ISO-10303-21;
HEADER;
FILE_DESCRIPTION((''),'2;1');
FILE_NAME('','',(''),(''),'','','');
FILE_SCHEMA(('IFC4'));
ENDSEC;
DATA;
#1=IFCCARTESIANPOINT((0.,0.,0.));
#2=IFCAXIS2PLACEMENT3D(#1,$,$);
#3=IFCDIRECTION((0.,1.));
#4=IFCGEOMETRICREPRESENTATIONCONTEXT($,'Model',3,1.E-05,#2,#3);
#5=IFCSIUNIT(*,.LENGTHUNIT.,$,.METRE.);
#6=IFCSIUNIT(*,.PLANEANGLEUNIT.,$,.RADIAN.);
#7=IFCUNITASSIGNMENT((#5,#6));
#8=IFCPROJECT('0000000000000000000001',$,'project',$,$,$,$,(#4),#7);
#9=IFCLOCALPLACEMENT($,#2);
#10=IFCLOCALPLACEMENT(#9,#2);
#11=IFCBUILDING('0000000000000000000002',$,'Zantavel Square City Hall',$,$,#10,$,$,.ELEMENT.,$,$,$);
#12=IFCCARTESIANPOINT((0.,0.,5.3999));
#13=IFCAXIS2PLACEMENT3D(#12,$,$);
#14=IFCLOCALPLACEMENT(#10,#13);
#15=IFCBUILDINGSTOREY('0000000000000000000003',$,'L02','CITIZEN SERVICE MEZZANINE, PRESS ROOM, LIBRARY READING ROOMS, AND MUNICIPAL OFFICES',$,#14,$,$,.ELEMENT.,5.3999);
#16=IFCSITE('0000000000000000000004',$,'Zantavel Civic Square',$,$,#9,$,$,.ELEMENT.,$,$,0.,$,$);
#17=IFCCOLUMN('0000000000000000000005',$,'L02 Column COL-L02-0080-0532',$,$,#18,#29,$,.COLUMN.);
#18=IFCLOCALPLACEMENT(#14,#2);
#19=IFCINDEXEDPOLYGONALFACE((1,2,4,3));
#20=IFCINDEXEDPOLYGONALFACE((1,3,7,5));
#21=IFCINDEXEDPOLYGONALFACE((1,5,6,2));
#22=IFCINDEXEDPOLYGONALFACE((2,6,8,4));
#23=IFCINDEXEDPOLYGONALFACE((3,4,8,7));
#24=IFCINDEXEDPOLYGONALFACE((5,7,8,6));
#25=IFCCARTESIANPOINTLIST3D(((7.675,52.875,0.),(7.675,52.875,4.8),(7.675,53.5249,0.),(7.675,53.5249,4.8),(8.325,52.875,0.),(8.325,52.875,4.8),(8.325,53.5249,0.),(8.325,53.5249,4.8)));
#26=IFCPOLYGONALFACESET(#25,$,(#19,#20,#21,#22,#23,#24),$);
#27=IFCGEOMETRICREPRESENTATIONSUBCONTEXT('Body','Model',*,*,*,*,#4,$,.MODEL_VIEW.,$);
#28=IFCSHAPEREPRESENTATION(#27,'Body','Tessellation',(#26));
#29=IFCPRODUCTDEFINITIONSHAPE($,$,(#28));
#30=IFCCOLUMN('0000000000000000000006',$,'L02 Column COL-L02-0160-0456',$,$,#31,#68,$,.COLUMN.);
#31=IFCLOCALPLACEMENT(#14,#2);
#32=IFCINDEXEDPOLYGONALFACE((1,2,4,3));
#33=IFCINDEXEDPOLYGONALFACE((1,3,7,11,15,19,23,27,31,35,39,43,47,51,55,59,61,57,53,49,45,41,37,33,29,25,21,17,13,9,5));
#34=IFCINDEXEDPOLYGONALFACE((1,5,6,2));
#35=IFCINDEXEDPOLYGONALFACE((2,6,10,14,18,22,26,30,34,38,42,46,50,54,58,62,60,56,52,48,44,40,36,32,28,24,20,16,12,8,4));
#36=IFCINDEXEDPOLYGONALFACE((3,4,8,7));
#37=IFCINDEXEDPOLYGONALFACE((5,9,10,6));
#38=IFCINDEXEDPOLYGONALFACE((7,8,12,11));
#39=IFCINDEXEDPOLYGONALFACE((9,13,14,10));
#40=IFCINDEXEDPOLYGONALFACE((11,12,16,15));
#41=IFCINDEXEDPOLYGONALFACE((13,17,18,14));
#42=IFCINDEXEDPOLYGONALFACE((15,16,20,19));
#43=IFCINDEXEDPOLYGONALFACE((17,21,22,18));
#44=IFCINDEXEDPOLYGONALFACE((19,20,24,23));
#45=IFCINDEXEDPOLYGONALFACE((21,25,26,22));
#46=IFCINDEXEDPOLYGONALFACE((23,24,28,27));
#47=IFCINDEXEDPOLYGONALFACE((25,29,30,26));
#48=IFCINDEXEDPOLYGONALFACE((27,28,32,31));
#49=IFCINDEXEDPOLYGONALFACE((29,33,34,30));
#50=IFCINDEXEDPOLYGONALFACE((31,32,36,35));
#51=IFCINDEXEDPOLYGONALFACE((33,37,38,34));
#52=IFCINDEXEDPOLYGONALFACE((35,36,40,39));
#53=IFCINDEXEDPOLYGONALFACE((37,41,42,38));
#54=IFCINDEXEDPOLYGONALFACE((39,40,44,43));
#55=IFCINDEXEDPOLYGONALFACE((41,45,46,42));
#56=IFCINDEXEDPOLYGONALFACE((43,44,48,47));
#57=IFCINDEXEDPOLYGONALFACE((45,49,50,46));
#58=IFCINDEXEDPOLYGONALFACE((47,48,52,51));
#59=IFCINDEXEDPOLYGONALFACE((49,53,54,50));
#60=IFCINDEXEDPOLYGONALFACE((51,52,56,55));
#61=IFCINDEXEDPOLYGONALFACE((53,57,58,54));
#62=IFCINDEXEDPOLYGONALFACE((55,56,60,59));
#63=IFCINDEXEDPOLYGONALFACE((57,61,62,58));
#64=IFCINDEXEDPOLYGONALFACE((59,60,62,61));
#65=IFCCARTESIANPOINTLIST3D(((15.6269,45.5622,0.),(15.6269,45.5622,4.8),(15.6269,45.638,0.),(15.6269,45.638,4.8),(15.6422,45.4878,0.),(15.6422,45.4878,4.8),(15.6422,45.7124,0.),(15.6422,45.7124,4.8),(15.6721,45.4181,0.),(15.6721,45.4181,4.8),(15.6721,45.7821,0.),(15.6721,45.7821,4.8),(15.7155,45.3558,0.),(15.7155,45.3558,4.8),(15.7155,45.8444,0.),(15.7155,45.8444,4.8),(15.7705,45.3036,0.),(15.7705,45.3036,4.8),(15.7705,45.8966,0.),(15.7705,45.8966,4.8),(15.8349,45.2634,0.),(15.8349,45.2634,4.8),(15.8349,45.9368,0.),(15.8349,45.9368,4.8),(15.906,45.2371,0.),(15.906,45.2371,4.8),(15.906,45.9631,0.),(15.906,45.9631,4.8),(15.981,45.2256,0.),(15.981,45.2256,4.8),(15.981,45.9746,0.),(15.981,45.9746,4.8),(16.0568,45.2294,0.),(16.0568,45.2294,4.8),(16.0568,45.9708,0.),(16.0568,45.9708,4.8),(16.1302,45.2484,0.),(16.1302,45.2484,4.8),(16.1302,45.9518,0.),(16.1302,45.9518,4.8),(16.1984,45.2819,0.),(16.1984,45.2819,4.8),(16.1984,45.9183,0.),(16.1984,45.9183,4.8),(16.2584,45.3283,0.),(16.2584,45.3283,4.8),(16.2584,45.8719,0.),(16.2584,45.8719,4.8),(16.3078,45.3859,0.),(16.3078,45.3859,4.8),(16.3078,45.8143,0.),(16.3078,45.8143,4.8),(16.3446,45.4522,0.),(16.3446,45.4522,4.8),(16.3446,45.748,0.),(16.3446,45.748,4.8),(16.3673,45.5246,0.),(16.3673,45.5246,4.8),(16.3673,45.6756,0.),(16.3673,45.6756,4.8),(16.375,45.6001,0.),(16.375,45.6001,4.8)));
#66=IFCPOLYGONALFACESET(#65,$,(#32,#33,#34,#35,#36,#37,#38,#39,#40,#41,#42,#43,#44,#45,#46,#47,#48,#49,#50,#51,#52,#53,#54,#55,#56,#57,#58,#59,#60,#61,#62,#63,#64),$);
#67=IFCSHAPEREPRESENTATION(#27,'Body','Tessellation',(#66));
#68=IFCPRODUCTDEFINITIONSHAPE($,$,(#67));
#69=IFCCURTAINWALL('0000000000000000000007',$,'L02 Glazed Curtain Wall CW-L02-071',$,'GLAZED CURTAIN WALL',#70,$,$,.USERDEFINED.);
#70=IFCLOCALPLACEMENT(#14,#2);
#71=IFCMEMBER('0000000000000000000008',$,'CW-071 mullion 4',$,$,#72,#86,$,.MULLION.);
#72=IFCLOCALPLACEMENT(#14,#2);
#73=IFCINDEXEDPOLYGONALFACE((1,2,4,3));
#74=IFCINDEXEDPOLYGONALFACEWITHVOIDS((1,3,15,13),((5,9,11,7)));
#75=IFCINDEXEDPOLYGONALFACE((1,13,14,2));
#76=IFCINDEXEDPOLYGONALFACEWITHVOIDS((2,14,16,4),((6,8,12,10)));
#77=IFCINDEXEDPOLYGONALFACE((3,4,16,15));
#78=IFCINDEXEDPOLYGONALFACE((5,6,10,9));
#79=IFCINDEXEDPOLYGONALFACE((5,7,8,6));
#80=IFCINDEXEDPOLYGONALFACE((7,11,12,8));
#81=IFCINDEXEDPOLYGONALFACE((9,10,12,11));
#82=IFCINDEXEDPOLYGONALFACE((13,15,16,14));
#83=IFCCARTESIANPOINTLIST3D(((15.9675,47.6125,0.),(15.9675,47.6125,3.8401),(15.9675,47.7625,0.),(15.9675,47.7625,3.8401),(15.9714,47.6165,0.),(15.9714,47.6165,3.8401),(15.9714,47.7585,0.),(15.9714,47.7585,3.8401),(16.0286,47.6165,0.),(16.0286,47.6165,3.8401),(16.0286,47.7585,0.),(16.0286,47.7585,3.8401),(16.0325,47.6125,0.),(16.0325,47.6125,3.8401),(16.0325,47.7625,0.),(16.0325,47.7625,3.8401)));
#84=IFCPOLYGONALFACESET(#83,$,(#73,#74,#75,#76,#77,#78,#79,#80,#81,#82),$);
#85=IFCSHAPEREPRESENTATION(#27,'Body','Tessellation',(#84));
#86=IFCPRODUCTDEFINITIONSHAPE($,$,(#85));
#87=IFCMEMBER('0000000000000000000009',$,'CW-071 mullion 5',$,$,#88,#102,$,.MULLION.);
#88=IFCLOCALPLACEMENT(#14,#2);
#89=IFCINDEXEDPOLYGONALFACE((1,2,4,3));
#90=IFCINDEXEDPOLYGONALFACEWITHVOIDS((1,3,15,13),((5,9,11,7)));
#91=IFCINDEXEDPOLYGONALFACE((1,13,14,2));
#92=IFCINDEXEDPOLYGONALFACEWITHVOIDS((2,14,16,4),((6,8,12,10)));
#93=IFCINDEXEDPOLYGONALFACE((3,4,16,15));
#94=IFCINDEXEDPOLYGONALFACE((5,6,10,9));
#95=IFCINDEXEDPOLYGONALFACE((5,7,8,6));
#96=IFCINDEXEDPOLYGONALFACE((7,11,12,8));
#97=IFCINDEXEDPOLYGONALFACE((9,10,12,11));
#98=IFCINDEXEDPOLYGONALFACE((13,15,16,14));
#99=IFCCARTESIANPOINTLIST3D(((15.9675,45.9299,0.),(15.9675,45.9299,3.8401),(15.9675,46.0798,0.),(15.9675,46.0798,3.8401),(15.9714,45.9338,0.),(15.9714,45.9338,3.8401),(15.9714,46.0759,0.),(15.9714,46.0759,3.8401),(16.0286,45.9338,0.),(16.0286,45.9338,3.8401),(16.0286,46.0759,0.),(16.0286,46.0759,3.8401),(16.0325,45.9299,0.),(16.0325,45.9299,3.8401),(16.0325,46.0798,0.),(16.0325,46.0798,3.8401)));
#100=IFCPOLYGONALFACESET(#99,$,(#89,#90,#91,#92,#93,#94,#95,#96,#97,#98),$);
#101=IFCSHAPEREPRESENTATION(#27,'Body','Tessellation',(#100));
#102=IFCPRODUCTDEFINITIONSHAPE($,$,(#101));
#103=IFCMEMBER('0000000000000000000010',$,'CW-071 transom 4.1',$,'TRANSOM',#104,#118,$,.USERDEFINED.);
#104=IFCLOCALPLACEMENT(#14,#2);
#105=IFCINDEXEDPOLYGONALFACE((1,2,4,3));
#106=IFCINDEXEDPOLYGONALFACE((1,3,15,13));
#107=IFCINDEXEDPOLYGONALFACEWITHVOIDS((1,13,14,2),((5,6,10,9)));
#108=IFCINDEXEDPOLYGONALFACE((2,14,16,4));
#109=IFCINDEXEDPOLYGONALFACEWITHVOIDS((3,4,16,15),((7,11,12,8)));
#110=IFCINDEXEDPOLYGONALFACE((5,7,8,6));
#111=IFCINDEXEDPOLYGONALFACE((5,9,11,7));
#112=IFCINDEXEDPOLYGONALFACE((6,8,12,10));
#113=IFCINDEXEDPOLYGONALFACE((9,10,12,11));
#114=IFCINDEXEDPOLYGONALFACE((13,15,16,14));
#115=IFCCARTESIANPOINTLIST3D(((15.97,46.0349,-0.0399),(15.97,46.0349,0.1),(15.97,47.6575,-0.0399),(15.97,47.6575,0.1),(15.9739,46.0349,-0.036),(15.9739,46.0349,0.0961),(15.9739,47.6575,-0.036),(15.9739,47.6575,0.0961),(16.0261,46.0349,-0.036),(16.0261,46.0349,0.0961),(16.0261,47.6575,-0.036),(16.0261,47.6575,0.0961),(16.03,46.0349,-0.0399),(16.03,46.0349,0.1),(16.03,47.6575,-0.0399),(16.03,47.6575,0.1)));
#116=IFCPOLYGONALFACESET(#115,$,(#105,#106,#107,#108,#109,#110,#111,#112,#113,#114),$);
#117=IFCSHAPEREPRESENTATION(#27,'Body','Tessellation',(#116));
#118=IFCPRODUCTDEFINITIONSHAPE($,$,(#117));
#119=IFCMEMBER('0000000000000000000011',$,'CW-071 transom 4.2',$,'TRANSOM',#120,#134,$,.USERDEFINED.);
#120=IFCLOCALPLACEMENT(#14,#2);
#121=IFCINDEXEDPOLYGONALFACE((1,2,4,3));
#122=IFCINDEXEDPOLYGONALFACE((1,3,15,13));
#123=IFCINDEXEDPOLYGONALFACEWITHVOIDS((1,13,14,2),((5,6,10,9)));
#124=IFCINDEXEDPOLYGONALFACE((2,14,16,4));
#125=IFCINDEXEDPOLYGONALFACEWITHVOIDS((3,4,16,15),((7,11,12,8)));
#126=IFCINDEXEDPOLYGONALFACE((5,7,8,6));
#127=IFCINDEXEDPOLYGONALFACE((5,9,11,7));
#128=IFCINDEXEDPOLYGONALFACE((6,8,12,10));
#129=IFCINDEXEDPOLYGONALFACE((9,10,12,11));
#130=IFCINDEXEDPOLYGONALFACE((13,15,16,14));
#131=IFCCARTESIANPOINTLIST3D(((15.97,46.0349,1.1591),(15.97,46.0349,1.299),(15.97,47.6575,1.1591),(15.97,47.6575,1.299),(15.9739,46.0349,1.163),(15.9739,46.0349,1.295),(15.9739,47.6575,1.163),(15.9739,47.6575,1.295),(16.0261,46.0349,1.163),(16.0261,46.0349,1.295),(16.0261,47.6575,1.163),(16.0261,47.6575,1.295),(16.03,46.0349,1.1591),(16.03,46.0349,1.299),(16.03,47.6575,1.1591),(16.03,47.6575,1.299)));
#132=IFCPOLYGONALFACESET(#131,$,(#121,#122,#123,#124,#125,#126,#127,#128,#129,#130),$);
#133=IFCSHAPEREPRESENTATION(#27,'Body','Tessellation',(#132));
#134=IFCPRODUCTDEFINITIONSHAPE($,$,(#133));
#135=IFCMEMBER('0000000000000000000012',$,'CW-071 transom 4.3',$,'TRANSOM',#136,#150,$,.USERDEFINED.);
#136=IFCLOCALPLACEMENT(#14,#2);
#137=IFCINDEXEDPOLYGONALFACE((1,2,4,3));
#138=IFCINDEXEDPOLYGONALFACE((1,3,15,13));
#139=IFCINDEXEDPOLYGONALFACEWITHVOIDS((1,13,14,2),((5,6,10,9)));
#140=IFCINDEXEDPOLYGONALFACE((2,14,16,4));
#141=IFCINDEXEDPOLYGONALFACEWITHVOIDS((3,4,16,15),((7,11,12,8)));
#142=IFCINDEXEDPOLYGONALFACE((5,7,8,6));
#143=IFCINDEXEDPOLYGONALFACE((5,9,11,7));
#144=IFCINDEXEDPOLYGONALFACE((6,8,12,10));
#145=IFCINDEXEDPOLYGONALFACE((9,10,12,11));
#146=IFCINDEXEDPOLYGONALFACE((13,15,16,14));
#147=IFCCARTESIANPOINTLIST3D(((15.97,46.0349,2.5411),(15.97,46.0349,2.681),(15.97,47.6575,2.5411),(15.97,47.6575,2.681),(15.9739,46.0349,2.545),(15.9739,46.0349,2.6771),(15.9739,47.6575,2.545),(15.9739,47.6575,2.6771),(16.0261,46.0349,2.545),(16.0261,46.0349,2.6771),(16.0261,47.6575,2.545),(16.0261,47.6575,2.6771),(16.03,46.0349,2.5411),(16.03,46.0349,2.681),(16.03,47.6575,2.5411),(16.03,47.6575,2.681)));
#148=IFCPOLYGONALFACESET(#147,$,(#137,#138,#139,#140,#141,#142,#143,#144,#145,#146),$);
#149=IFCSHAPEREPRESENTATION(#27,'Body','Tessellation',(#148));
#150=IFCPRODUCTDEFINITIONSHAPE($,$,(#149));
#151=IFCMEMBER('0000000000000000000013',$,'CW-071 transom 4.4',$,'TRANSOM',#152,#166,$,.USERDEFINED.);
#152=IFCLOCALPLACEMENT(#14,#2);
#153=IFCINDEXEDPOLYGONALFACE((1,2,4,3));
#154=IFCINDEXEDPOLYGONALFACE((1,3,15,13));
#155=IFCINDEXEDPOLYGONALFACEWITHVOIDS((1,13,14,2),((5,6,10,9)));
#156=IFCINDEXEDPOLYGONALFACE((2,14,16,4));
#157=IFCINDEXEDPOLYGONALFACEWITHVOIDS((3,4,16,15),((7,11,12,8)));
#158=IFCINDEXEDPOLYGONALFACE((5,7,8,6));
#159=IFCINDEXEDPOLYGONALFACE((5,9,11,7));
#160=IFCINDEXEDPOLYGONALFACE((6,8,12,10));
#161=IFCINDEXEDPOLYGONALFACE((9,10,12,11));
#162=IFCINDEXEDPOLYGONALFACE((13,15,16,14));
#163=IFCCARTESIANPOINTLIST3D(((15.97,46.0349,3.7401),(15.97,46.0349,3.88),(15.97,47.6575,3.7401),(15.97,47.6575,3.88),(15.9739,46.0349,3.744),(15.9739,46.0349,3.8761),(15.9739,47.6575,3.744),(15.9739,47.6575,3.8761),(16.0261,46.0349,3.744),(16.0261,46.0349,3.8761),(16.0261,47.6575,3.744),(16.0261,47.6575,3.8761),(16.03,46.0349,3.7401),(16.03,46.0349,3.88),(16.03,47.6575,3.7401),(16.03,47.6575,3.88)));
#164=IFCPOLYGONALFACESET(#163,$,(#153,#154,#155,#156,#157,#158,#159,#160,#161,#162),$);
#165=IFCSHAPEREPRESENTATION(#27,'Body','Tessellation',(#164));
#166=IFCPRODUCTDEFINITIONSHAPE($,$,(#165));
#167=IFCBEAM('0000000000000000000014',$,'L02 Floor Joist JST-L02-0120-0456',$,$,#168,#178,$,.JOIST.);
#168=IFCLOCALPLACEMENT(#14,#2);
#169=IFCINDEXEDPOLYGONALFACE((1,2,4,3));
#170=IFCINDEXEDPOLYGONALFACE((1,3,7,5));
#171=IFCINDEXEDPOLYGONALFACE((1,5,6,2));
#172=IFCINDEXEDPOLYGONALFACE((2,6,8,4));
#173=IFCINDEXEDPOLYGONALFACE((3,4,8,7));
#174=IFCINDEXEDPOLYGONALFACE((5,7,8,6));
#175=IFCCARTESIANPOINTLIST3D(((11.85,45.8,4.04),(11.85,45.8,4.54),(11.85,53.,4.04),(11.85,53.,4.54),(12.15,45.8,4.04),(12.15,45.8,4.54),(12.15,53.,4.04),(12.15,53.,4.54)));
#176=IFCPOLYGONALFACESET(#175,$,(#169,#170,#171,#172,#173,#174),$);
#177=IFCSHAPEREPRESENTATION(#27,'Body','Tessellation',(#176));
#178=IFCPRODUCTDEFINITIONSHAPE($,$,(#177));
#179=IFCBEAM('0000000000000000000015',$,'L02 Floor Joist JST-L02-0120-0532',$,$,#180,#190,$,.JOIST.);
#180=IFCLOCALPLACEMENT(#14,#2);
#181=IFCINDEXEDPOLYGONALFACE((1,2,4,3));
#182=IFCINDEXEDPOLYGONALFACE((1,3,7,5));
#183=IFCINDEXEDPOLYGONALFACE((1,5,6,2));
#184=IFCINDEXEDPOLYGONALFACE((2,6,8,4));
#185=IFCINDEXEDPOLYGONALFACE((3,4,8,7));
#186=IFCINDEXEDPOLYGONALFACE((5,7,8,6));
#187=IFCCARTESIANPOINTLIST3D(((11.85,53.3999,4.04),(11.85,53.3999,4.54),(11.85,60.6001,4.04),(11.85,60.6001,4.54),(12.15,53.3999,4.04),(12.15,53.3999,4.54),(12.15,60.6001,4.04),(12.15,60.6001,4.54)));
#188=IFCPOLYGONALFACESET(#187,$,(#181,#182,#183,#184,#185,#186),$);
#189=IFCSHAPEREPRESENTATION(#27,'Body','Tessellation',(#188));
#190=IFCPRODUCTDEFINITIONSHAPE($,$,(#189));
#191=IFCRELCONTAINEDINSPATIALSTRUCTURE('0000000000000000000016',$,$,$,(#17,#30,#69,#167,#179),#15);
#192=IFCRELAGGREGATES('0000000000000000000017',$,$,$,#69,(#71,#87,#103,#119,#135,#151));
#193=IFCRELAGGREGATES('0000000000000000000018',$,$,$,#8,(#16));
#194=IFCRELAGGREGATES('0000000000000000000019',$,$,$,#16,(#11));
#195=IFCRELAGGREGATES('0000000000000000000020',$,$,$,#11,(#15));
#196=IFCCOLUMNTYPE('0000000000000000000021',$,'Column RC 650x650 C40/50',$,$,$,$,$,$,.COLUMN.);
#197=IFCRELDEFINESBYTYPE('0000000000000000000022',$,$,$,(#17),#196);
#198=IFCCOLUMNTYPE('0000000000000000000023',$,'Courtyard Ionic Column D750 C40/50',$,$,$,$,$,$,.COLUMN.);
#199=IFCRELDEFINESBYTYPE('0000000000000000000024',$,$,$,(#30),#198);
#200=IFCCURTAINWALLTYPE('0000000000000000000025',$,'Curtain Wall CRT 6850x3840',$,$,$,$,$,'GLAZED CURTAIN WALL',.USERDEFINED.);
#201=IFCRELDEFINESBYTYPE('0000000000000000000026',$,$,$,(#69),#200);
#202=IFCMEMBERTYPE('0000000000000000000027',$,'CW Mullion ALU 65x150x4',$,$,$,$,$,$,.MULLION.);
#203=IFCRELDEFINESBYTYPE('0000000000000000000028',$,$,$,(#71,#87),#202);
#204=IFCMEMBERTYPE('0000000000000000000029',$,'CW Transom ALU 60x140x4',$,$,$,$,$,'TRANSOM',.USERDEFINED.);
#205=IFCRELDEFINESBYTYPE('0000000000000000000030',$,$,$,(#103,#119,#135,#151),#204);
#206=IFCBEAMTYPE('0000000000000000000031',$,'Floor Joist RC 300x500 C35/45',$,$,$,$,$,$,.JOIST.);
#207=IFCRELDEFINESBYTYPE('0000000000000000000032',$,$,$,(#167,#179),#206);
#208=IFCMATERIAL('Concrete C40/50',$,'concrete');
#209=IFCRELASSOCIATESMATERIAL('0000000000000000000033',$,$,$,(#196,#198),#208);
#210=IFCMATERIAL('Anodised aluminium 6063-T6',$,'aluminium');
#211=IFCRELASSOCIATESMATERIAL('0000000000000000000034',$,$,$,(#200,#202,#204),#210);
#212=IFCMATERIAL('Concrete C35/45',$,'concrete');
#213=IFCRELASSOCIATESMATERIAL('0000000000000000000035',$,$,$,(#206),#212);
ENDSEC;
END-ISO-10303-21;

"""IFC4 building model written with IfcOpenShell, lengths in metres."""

from ifc_helpers import new_model, si_unit, direction, frame, origin, origin_2d, place, context, subcontext, project, spatial, rectangle, hollow_rectangle, circle, extrude, material, material_profile, profile_set, type_object, element, aggregate, save


model = new_model("IFC4")

# Units and contexts
model_context = context("Model", 3, precision=1e-05, world=origin(), true_north=direction((0.0, 1.0)))
body_context = subcontext(model_context, "Body", "Model", "MODEL_VIEW")
ifc_project = project(units=[si_unit("LENGTHUNIT", "METRE"), si_unit("PLANEANGLEUNIT", "RADIAN")], contexts=[model_context])

# Site, building, storey
site_placement = place(None, origin())
site = spatial("IfcSite", under=ifc_project, at=site_placement, Name="Zantavel Civic Square", CompositionType="ELEMENT", RefElevation=0.0)
building_placement = place(site_placement, origin())
building = spatial("IfcBuilding", under=site, at=building_placement, Name="Zantavel Square City Hall", CompositionType="ELEMENT")
storey_placement = place(building_placement, frame((0.0, 0.0, 5.3999)))
storey = spatial("IfcBuildingStorey", under=building, at=storey_placement, Name="L02", Description="CITIZEN SERVICE MEZZANINE, PRESS ROOM, LIBRARY READING ROOMS, AND MUNICIPAL OFFICES", CompositionType="ELEMENT", Elevation=5.3999)

# Columns
ifc_material_1 = material(Name="Concrete C40/50", Category="concrete")
ifc_material_profile_1 = material_profile(ifc_material_1, rectangle(XDim=0.6499, YDim=0.6499, at=origin_2d()), Name="RC 650x650")
ifc_profile_set_1 = profile_set([ifc_material_profile_1], Name="Concrete C40/50")
column_type_1 = type_object("IfcColumnType", Name="Column RC 650x650 C40/50", PredefinedType="COLUMN", material=ifc_profile_set_1)
column_1_placement = place(storey_placement, frame((8.0, 53.2, 0.0), z_axis=(0.0, 0.0, 1.0), x_axis=(1.0, 0.0, 0.0)))
element("IfcColumn", 1, at=column_1_placement, inside=storey, type_object=column_type_1, Name="L02 Column COL-L02-0080-0532", PredefinedType="COLUMN", context=body_context, shape_type="SweptSolid", body=[
    extrude(rectangle(XDim=0.6499, YDim=0.6499, at=origin_2d()), origin(), (0.0, 0.0, 1.0), 4.8),
])
ifc_material_profile_2 = material_profile(ifc_material_1, circle(Radius=0.375, at=origin_2d()), Name="ROUND D750")
ifc_profile_set_2 = profile_set([ifc_material_profile_2], Name="Concrete C40/50")
column_type_2 = type_object("IfcColumnType", Name="Courtyard Ionic Column D750 C40/50", PredefinedType="COLUMN", material=ifc_profile_set_2)
column_2_placement = place(storey_placement, frame((16.0, 45.6001, 0.0), z_axis=(0.0, 0.0, 1.0), x_axis=(1.0, 0.0, 0.0)))
element("IfcColumn", 2, at=column_2_placement, inside=storey, type_object=column_type_2, Name="L02 Column COL-L02-0160-0456", PredefinedType="COLUMN", context=body_context, shape_type="SweptSolid", body=[
    extrude(circle(Radius=0.375, at=origin_2d()), origin(), (0.0, 0.0, 1.0), 4.8),
])

# Curtain wall, members
ifc_material_2 = material(Name="Anodised aluminium 6063-T6", Category="aluminium")
curtain_wall_type = type_object("IfcCurtainWallType", Name="Curtain Wall CRT 6850x3840", ElementType="GLAZED CURTAIN WALL", PredefinedType="USERDEFINED", material=ifc_material_2)
curtain_wall_placement = place(storey_placement, origin())
curtain_wall = element("IfcCurtainWall", 3, at=curtain_wall_placement, inside=storey, type_object=curtain_wall_type, Name="L02 Glazed Curtain Wall CW-L02-071", ObjectType="GLAZED CURTAIN WALL", PredefinedType="USERDEFINED")
ifc_material_profile_3 = material_profile(ifc_material_2, hollow_rectangle(XDim=0.0649, YDim=0.1499, WallThickness=0.0039, at=origin_2d()), Name="ALU 65x150x4")
ifc_profile_set_3 = profile_set([ifc_material_profile_3], Name="Anodised aluminium 6063-T6")
member_type_1 = type_object("IfcMemberType", Name="CW Mullion ALU 65x150x4", PredefinedType="MULLION", material=ifc_profile_set_3)
member_1_placement = place(storey_placement, frame((16.0, 47.6875, 0.0), z_axis=(0.0, 0.0, 1.0), x_axis=(1.0, 0.0, 0.0)))
member_1 = element("IfcMember", 4, at=member_1_placement, type_object=member_type_1, Name="CW-071 mullion 4", PredefinedType="MULLION", context=body_context, shape_type="SweptSolid", body=[
    extrude(hollow_rectangle(XDim=0.0649, YDim=0.1499, WallThickness=0.0039, at=origin_2d()), origin(), (0.0, 0.0, 1.0), 3.8401),
])
member_2_placement = place(storey_placement, frame((16.0, 46.0049, 0.0), z_axis=(0.0, 0.0, 1.0), x_axis=(1.0, 0.0, 0.0)))
member_2 = element("IfcMember", 5, at=member_2_placement, type_object=member_type_1, Name="CW-071 mullion 5", PredefinedType="MULLION", context=body_context, shape_type="SweptSolid", body=[
    extrude(hollow_rectangle(XDim=0.0649, YDim=0.1499, WallThickness=0.0039, at=origin_2d()), origin(), (0.0, 0.0, 1.0), 3.8401),
])
ifc_material_profile_4 = material_profile(ifc_material_2, hollow_rectangle(XDim=0.0601, YDim=0.1399, WallThickness=0.0039, at=origin_2d()), Name="ALU 60x140x4")
ifc_profile_set_4 = profile_set([ifc_material_profile_4], Name="Anodised aluminium 6063-T6")
member_type_2 = type_object("IfcMemberType", Name="CW Transom ALU 60x140x4", ElementType="TRANSOM", PredefinedType="USERDEFINED", material=ifc_profile_set_4)
member_3_placement = place(storey_placement, frame((16.0, 47.6575, 0.03), z_axis=(0.0, -1.0, 0.0), x_axis=(1.0, 0.0, 0.0)))
member_3 = element("IfcMember", 6, at=member_3_placement, type_object=member_type_2, Name="CW-071 transom 4.1", ObjectType="TRANSOM", PredefinedType="USERDEFINED", context=body_context, shape_type="SweptSolid", body=[
    extrude(hollow_rectangle(XDim=0.0601, YDim=0.1399, WallThickness=0.0039, at=origin_2d()), origin(), (0.0, 0.0, 1.0), 1.6226),
])
member_4_placement = place(storey_placement, frame((16.0, 47.6575, 1.229), z_axis=(0.0, -1.0, 0.0), x_axis=(1.0, 0.0, 0.0)))
member_4 = element("IfcMember", 7, at=member_4_placement, type_object=member_type_2, Name="CW-071 transom 4.2", ObjectType="TRANSOM", PredefinedType="USERDEFINED", context=body_context, shape_type="SweptSolid", body=[
    extrude(hollow_rectangle(XDim=0.0601, YDim=0.1399, WallThickness=0.0039, at=origin_2d()), origin(), (0.0, 0.0, 1.0), 1.6226),
])
member_5_placement = place(storey_placement, frame((16.0, 47.6575, 2.6111), z_axis=(0.0, -1.0, 0.0), x_axis=(1.0, 0.0, 0.0)))
member_5 = element("IfcMember", 8, at=member_5_placement, type_object=member_type_2, Name="CW-071 transom 4.3", ObjectType="TRANSOM", PredefinedType="USERDEFINED", context=body_context, shape_type="SweptSolid", body=[
    extrude(hollow_rectangle(XDim=0.0601, YDim=0.1399, WallThickness=0.0039, at=origin_2d()), origin(), (0.0, 0.0, 1.0), 1.6226),
])
member_6_placement = place(storey_placement, frame((16.0, 47.6575, 3.8101), z_axis=(0.0, -1.0, 0.0), x_axis=(1.0, 0.0, 0.0)))
member_6 = element("IfcMember", 9, at=member_6_placement, type_object=member_type_2, Name="CW-071 transom 4.4", ObjectType="TRANSOM", PredefinedType="USERDEFINED", context=body_context, shape_type="SweptSolid", body=[
    extrude(hollow_rectangle(XDim=0.0601, YDim=0.1399, WallThickness=0.0039, at=origin_2d()), origin(), (0.0, 0.0, 1.0), 1.6226),
])

# Beams
ifc_material_3 = material(Name="Concrete C35/45", Category="concrete")
ifc_material_profile_5 = material_profile(ifc_material_3, rectangle(XDim=0.3, YDim=0.5, at=origin_2d()), Name="RC 300x500")
ifc_profile_set_5 = profile_set([ifc_material_profile_5], Name="Concrete C35/45")
beam_type_1 = type_object("IfcBeamType", Name="Floor Joist RC 300x500 C35/45", PredefinedType="JOIST", material=ifc_profile_set_5)
beam_1_placement = place(storey_placement, frame((12.0, 45.8, 4.29), z_axis=(0.0, 1.0, 0.0), x_axis=(-1.0, 0.0, 0.0)))
element("IfcBeam", 10, at=beam_1_placement, inside=storey, type_object=beam_type_1, Name="L02 Floor Joist JST-L02-0120-0456", PredefinedType="JOIST", context=body_context, shape_type="SweptSolid", body=[
    extrude(rectangle(XDim=0.3, YDim=0.5, at=origin_2d()), origin(), (0.0, 0.0, 1.0), 7.2),
])
beam_2_placement = place(storey_placement, frame((12.0, 53.3999, 4.29), z_axis=(0.0, 1.0, 0.0), x_axis=(-1.0, 0.0, 0.0)))
element("IfcBeam", 11, at=beam_2_placement, inside=storey, type_object=beam_type_1, Name="L02 Floor Joist JST-L02-0120-0532", PredefinedType="JOIST", context=body_context, shape_type="SweptSolid", body=[
    extrude(rectangle(XDim=0.3, YDim=0.5, at=origin_2d()), origin(), (0.0, 0.0, 1.0), 7.2002),
])

aggregate(curtain_wall, [member_1, member_2, member_3, member_4, member_5, member_6])

save(model, "model.ifc")
